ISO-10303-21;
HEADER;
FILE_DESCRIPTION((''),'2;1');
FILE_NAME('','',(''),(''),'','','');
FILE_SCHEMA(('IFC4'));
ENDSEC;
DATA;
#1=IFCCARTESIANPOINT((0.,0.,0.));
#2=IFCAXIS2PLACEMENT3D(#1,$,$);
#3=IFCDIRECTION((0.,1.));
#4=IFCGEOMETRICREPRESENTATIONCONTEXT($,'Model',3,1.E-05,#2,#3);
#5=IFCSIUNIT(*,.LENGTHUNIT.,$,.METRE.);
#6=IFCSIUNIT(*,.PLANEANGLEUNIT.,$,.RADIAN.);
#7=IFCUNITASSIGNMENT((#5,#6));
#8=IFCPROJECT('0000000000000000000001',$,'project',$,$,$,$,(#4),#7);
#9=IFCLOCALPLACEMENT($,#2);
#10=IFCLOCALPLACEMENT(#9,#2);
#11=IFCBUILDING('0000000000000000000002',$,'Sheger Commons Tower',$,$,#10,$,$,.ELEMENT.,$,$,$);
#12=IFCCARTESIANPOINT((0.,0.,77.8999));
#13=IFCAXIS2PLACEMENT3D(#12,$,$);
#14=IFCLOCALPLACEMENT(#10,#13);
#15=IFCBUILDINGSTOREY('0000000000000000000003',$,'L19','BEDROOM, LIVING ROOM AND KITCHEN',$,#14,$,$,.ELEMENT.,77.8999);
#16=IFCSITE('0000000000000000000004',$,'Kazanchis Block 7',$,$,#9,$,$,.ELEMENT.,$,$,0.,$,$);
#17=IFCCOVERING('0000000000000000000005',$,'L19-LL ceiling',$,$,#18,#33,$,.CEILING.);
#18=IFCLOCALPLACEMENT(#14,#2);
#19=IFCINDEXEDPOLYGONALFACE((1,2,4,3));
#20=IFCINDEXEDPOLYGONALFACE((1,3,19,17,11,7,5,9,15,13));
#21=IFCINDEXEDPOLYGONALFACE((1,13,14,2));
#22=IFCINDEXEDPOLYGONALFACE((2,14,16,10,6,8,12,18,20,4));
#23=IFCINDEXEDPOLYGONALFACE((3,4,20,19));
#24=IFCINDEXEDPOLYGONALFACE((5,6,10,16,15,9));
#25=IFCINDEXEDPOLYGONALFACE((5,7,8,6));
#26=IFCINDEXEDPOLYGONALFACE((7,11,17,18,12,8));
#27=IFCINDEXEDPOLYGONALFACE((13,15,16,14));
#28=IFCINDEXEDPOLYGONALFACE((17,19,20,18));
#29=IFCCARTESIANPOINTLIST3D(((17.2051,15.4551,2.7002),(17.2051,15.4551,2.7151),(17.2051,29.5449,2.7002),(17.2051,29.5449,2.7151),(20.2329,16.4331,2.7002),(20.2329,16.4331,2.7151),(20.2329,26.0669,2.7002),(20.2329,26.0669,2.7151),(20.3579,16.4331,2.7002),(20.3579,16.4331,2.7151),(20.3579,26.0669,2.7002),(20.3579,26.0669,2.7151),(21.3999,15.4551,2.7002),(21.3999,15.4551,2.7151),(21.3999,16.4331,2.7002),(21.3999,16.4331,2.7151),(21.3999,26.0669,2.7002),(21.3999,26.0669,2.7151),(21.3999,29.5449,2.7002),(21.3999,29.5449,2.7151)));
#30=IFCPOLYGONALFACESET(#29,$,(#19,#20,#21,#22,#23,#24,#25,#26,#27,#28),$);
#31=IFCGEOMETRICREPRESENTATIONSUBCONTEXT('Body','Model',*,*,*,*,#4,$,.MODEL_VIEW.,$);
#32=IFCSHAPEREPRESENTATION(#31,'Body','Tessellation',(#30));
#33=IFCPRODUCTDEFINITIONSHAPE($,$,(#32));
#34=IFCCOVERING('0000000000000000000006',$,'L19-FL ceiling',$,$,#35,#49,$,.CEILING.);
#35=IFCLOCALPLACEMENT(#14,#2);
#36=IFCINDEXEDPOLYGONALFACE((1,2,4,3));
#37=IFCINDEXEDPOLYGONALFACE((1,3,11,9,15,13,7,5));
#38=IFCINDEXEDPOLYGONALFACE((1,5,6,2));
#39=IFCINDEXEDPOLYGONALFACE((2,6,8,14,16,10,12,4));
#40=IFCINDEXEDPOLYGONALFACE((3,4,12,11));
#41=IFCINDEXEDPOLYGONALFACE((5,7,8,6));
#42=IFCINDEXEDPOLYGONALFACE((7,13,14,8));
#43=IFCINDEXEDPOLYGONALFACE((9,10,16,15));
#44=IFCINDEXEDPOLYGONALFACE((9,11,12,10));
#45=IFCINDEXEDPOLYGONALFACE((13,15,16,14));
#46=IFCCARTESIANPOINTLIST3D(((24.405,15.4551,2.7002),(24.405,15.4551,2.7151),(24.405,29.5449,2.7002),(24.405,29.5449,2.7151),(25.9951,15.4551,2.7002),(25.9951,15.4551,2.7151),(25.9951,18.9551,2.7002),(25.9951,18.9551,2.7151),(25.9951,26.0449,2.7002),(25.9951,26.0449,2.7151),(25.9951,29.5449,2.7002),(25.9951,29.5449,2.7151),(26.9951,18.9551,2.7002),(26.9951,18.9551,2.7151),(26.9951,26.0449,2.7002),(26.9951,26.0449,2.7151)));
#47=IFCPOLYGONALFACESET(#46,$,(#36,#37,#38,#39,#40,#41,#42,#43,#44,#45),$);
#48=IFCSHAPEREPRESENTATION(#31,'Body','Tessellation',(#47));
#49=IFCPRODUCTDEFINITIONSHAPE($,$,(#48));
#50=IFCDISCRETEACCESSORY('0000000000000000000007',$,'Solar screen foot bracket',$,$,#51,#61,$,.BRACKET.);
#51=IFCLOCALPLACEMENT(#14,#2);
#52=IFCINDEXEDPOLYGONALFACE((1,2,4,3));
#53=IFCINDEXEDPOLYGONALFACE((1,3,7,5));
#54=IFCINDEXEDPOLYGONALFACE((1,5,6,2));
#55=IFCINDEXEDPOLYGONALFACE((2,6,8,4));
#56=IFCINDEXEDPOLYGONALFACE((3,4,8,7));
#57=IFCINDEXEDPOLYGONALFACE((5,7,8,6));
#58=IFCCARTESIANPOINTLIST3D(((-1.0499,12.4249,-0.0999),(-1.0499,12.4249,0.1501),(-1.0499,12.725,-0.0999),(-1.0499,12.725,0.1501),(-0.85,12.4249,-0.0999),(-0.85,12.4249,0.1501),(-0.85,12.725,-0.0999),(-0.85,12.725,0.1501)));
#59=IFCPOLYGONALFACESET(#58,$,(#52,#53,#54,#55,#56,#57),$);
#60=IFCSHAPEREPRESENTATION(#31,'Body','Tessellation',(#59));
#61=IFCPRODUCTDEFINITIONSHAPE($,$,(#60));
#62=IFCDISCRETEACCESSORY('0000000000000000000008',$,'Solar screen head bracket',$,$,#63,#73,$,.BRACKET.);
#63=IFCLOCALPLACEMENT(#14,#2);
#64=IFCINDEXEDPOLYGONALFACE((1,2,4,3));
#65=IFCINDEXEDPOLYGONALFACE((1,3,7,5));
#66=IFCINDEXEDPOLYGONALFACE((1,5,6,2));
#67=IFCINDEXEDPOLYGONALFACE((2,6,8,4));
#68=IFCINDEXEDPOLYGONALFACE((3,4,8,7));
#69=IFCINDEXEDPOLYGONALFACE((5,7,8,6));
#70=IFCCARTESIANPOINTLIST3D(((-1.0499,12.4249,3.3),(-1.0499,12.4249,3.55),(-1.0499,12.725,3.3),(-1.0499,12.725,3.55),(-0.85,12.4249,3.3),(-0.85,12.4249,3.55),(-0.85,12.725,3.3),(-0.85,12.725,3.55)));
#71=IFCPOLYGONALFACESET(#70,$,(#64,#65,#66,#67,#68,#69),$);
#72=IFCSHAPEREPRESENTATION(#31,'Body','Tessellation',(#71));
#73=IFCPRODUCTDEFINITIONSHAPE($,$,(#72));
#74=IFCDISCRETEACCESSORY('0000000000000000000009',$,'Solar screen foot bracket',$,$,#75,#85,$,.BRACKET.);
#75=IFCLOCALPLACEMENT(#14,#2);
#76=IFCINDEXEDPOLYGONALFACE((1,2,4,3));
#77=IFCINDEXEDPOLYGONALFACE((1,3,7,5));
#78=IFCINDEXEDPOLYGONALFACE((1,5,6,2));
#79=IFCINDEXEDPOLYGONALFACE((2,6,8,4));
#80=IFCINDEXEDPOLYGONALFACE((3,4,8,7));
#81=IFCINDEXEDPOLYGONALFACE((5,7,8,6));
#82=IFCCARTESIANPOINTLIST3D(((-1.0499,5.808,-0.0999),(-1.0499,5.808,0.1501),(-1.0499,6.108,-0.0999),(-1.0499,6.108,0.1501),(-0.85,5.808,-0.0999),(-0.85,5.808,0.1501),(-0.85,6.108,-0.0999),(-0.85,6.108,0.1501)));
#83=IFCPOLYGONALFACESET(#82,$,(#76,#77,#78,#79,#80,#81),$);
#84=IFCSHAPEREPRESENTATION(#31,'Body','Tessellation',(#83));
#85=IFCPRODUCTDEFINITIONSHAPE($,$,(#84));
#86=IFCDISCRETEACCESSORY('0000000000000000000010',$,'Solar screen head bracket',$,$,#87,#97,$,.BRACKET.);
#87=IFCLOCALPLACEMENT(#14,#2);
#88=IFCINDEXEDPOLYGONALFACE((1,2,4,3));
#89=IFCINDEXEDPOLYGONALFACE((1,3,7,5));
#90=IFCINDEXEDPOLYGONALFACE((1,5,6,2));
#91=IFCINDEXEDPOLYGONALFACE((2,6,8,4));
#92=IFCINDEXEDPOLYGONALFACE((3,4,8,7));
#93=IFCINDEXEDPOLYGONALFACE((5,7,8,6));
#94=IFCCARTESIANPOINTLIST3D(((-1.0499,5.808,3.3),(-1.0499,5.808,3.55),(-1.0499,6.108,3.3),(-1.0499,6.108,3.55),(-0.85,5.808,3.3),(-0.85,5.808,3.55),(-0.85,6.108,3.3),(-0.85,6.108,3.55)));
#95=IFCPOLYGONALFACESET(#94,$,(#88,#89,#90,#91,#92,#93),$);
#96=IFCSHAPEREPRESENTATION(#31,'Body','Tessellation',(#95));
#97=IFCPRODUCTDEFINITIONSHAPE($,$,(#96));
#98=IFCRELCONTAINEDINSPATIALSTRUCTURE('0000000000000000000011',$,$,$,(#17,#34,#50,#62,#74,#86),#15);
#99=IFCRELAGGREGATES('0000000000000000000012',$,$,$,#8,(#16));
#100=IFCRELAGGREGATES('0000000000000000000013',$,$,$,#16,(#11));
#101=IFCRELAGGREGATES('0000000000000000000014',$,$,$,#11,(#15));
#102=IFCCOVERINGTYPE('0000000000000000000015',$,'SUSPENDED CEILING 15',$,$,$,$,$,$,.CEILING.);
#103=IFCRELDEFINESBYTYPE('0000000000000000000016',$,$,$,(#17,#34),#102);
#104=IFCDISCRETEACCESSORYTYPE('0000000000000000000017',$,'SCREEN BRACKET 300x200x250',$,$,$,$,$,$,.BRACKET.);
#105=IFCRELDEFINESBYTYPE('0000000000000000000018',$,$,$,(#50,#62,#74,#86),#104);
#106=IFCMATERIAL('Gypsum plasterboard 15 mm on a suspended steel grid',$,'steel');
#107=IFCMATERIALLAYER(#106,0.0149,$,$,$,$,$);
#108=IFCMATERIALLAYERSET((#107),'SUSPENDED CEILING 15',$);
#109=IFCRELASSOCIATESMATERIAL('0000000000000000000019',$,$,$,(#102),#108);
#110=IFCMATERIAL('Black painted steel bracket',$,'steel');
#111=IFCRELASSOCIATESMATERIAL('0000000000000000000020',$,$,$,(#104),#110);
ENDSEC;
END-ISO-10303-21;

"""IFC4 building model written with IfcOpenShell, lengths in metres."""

from ifc_helpers import new_model, si_unit, direction, frame, origin, origin_2d, place, context, subcontext, project, spatial, polyline, rectangle, outline, extrude, material, layer, layer_set, type_object, element, save


model = new_model("IFC4")

# Units and contexts
model_context = context("Model", 3, precision=1e-05, world=origin(), true_north=direction((0.0, 1.0)))
body_context = subcontext(model_context, "Body", "Model", "MODEL_VIEW")
ifc_project = project(units=[si_unit("LENGTHUNIT", "METRE"), si_unit("PLANEANGLEUNIT", "RADIAN")], contexts=[model_context])

# Site, building, storey
site_placement = place(None, origin())
site = spatial("IfcSite", under=ifc_project, at=site_placement, Name="Kazanchis Block 7", CompositionType="ELEMENT", RefElevation=0.0)
building_placement = place(site_placement, origin())
building = spatial("IfcBuilding", under=site, at=building_placement, Name="Sheger Commons Tower", CompositionType="ELEMENT")
storey_placement = place(building_placement, frame((0.0, 0.0, 77.8999)))
storey = spatial("IfcBuildingStorey", under=building, at=storey_placement, Name="L19", Description="BEDROOM, LIVING ROOM AND KITCHEN", CompositionType="ELEMENT", Elevation=77.8999)

# Coverings
ifc_material_1 = material(Name="Gypsum plasterboard 15 mm on a suspended steel grid", Category="steel")
ifc_layer_1 = layer(ifc_material_1, 0.0149)
ifc_layer_set_1 = layer_set([ifc_layer_1], Name="SUSPENDED CEILING 15")
covering_type_1 = type_object("IfcCoveringType", Name="SUSPENDED CEILING 15", PredefinedType="CEILING", material=ifc_layer_set_1)
covering_1_placement = place(storey_placement, frame((0.0, 0.0, 2.7002)))
element("IfcCovering", 1, at=covering_1_placement, inside=storey, type_object=covering_type_1, Name="L19-LL ceiling", PredefinedType="CEILING", context=body_context, shape_type="SweptSolid", body=[
    extrude(outline(polyline([(17.2051, 15.4551), (21.3999, 15.4551), (21.3999, 16.4331), (20.3579, 16.4331), (20.2329, 16.4331), (20.2329, 26.0669), (20.3579, 26.0669), (21.3999, 26.0669), (21.3999, 29.5449), (17.2051, 29.5449), (17.2051, 15.4551)])), origin(), (0.0, 0.0, 1.0), 0.0149),
])
covering_2_placement = place(storey_placement, frame((0.0, 0.0, 2.7002)))
element("IfcCovering", 2, at=covering_2_placement, inside=storey, type_object=covering_type_1, Name="L19-FL ceiling", PredefinedType="CEILING", context=body_context, shape_type="SweptSolid", body=[
    extrude(outline(polyline([(24.405, 15.4551), (25.9951, 15.4551), (25.9951, 18.9551), (26.9951, 18.9551), (26.9951, 26.0449), (25.9951, 26.0449), (25.9951, 29.5449), (24.405, 29.5449), (24.405, 15.4551)])), origin(), (0.0, 0.0, 1.0), 0.0149),
])

# Discrete accessories
ifc_material_2 = material(Name="Black painted steel bracket", Category="steel")
discrete_accessory_type = type_object("IfcDiscreteAccessoryType", Name="SCREEN BRACKET 300x200x250", PredefinedType="BRACKET", material=ifc_material_2)
for number, where, z_axis, x_axis, name in (
    (3, (-0.95, 12.575, -0.0999), (0.0, 0.0, 1.0), (0.0, -1.0, 0.0), "Solar screen foot bracket"),
    (4, (-0.95, 12.575, 3.3), (0.0, 0.0, 1.0), (0.0, -1.0, 0.0), "Solar screen head bracket"),
    (5, (-0.95, 5.958, -0.0999), (0.0, 0.0, 1.0), (0.0, -1.0, 0.0), "Solar screen foot bracket"),
    (6, (-0.95, 5.958, 3.3), (0.0, 0.0, 1.0), (0.0, -1.0, 0.0), "Solar screen head bracket"),
):
    element("IfcDiscreteAccessory", number, at=place(storey_placement, frame(where, z_axis=z_axis, x_axis=x_axis)), inside=storey, type_object=discrete_accessory_type, Name=name, PredefinedType="BRACKET", context=body_context, shape_type="SweptSolid", body=[
        extrude(rectangle(XDim=0.3, YDim=0.2, at=origin_2d()), origin(), (0.0, 0.0, 1.0), 0.25),
    ])

save(model, "model.ifc")
